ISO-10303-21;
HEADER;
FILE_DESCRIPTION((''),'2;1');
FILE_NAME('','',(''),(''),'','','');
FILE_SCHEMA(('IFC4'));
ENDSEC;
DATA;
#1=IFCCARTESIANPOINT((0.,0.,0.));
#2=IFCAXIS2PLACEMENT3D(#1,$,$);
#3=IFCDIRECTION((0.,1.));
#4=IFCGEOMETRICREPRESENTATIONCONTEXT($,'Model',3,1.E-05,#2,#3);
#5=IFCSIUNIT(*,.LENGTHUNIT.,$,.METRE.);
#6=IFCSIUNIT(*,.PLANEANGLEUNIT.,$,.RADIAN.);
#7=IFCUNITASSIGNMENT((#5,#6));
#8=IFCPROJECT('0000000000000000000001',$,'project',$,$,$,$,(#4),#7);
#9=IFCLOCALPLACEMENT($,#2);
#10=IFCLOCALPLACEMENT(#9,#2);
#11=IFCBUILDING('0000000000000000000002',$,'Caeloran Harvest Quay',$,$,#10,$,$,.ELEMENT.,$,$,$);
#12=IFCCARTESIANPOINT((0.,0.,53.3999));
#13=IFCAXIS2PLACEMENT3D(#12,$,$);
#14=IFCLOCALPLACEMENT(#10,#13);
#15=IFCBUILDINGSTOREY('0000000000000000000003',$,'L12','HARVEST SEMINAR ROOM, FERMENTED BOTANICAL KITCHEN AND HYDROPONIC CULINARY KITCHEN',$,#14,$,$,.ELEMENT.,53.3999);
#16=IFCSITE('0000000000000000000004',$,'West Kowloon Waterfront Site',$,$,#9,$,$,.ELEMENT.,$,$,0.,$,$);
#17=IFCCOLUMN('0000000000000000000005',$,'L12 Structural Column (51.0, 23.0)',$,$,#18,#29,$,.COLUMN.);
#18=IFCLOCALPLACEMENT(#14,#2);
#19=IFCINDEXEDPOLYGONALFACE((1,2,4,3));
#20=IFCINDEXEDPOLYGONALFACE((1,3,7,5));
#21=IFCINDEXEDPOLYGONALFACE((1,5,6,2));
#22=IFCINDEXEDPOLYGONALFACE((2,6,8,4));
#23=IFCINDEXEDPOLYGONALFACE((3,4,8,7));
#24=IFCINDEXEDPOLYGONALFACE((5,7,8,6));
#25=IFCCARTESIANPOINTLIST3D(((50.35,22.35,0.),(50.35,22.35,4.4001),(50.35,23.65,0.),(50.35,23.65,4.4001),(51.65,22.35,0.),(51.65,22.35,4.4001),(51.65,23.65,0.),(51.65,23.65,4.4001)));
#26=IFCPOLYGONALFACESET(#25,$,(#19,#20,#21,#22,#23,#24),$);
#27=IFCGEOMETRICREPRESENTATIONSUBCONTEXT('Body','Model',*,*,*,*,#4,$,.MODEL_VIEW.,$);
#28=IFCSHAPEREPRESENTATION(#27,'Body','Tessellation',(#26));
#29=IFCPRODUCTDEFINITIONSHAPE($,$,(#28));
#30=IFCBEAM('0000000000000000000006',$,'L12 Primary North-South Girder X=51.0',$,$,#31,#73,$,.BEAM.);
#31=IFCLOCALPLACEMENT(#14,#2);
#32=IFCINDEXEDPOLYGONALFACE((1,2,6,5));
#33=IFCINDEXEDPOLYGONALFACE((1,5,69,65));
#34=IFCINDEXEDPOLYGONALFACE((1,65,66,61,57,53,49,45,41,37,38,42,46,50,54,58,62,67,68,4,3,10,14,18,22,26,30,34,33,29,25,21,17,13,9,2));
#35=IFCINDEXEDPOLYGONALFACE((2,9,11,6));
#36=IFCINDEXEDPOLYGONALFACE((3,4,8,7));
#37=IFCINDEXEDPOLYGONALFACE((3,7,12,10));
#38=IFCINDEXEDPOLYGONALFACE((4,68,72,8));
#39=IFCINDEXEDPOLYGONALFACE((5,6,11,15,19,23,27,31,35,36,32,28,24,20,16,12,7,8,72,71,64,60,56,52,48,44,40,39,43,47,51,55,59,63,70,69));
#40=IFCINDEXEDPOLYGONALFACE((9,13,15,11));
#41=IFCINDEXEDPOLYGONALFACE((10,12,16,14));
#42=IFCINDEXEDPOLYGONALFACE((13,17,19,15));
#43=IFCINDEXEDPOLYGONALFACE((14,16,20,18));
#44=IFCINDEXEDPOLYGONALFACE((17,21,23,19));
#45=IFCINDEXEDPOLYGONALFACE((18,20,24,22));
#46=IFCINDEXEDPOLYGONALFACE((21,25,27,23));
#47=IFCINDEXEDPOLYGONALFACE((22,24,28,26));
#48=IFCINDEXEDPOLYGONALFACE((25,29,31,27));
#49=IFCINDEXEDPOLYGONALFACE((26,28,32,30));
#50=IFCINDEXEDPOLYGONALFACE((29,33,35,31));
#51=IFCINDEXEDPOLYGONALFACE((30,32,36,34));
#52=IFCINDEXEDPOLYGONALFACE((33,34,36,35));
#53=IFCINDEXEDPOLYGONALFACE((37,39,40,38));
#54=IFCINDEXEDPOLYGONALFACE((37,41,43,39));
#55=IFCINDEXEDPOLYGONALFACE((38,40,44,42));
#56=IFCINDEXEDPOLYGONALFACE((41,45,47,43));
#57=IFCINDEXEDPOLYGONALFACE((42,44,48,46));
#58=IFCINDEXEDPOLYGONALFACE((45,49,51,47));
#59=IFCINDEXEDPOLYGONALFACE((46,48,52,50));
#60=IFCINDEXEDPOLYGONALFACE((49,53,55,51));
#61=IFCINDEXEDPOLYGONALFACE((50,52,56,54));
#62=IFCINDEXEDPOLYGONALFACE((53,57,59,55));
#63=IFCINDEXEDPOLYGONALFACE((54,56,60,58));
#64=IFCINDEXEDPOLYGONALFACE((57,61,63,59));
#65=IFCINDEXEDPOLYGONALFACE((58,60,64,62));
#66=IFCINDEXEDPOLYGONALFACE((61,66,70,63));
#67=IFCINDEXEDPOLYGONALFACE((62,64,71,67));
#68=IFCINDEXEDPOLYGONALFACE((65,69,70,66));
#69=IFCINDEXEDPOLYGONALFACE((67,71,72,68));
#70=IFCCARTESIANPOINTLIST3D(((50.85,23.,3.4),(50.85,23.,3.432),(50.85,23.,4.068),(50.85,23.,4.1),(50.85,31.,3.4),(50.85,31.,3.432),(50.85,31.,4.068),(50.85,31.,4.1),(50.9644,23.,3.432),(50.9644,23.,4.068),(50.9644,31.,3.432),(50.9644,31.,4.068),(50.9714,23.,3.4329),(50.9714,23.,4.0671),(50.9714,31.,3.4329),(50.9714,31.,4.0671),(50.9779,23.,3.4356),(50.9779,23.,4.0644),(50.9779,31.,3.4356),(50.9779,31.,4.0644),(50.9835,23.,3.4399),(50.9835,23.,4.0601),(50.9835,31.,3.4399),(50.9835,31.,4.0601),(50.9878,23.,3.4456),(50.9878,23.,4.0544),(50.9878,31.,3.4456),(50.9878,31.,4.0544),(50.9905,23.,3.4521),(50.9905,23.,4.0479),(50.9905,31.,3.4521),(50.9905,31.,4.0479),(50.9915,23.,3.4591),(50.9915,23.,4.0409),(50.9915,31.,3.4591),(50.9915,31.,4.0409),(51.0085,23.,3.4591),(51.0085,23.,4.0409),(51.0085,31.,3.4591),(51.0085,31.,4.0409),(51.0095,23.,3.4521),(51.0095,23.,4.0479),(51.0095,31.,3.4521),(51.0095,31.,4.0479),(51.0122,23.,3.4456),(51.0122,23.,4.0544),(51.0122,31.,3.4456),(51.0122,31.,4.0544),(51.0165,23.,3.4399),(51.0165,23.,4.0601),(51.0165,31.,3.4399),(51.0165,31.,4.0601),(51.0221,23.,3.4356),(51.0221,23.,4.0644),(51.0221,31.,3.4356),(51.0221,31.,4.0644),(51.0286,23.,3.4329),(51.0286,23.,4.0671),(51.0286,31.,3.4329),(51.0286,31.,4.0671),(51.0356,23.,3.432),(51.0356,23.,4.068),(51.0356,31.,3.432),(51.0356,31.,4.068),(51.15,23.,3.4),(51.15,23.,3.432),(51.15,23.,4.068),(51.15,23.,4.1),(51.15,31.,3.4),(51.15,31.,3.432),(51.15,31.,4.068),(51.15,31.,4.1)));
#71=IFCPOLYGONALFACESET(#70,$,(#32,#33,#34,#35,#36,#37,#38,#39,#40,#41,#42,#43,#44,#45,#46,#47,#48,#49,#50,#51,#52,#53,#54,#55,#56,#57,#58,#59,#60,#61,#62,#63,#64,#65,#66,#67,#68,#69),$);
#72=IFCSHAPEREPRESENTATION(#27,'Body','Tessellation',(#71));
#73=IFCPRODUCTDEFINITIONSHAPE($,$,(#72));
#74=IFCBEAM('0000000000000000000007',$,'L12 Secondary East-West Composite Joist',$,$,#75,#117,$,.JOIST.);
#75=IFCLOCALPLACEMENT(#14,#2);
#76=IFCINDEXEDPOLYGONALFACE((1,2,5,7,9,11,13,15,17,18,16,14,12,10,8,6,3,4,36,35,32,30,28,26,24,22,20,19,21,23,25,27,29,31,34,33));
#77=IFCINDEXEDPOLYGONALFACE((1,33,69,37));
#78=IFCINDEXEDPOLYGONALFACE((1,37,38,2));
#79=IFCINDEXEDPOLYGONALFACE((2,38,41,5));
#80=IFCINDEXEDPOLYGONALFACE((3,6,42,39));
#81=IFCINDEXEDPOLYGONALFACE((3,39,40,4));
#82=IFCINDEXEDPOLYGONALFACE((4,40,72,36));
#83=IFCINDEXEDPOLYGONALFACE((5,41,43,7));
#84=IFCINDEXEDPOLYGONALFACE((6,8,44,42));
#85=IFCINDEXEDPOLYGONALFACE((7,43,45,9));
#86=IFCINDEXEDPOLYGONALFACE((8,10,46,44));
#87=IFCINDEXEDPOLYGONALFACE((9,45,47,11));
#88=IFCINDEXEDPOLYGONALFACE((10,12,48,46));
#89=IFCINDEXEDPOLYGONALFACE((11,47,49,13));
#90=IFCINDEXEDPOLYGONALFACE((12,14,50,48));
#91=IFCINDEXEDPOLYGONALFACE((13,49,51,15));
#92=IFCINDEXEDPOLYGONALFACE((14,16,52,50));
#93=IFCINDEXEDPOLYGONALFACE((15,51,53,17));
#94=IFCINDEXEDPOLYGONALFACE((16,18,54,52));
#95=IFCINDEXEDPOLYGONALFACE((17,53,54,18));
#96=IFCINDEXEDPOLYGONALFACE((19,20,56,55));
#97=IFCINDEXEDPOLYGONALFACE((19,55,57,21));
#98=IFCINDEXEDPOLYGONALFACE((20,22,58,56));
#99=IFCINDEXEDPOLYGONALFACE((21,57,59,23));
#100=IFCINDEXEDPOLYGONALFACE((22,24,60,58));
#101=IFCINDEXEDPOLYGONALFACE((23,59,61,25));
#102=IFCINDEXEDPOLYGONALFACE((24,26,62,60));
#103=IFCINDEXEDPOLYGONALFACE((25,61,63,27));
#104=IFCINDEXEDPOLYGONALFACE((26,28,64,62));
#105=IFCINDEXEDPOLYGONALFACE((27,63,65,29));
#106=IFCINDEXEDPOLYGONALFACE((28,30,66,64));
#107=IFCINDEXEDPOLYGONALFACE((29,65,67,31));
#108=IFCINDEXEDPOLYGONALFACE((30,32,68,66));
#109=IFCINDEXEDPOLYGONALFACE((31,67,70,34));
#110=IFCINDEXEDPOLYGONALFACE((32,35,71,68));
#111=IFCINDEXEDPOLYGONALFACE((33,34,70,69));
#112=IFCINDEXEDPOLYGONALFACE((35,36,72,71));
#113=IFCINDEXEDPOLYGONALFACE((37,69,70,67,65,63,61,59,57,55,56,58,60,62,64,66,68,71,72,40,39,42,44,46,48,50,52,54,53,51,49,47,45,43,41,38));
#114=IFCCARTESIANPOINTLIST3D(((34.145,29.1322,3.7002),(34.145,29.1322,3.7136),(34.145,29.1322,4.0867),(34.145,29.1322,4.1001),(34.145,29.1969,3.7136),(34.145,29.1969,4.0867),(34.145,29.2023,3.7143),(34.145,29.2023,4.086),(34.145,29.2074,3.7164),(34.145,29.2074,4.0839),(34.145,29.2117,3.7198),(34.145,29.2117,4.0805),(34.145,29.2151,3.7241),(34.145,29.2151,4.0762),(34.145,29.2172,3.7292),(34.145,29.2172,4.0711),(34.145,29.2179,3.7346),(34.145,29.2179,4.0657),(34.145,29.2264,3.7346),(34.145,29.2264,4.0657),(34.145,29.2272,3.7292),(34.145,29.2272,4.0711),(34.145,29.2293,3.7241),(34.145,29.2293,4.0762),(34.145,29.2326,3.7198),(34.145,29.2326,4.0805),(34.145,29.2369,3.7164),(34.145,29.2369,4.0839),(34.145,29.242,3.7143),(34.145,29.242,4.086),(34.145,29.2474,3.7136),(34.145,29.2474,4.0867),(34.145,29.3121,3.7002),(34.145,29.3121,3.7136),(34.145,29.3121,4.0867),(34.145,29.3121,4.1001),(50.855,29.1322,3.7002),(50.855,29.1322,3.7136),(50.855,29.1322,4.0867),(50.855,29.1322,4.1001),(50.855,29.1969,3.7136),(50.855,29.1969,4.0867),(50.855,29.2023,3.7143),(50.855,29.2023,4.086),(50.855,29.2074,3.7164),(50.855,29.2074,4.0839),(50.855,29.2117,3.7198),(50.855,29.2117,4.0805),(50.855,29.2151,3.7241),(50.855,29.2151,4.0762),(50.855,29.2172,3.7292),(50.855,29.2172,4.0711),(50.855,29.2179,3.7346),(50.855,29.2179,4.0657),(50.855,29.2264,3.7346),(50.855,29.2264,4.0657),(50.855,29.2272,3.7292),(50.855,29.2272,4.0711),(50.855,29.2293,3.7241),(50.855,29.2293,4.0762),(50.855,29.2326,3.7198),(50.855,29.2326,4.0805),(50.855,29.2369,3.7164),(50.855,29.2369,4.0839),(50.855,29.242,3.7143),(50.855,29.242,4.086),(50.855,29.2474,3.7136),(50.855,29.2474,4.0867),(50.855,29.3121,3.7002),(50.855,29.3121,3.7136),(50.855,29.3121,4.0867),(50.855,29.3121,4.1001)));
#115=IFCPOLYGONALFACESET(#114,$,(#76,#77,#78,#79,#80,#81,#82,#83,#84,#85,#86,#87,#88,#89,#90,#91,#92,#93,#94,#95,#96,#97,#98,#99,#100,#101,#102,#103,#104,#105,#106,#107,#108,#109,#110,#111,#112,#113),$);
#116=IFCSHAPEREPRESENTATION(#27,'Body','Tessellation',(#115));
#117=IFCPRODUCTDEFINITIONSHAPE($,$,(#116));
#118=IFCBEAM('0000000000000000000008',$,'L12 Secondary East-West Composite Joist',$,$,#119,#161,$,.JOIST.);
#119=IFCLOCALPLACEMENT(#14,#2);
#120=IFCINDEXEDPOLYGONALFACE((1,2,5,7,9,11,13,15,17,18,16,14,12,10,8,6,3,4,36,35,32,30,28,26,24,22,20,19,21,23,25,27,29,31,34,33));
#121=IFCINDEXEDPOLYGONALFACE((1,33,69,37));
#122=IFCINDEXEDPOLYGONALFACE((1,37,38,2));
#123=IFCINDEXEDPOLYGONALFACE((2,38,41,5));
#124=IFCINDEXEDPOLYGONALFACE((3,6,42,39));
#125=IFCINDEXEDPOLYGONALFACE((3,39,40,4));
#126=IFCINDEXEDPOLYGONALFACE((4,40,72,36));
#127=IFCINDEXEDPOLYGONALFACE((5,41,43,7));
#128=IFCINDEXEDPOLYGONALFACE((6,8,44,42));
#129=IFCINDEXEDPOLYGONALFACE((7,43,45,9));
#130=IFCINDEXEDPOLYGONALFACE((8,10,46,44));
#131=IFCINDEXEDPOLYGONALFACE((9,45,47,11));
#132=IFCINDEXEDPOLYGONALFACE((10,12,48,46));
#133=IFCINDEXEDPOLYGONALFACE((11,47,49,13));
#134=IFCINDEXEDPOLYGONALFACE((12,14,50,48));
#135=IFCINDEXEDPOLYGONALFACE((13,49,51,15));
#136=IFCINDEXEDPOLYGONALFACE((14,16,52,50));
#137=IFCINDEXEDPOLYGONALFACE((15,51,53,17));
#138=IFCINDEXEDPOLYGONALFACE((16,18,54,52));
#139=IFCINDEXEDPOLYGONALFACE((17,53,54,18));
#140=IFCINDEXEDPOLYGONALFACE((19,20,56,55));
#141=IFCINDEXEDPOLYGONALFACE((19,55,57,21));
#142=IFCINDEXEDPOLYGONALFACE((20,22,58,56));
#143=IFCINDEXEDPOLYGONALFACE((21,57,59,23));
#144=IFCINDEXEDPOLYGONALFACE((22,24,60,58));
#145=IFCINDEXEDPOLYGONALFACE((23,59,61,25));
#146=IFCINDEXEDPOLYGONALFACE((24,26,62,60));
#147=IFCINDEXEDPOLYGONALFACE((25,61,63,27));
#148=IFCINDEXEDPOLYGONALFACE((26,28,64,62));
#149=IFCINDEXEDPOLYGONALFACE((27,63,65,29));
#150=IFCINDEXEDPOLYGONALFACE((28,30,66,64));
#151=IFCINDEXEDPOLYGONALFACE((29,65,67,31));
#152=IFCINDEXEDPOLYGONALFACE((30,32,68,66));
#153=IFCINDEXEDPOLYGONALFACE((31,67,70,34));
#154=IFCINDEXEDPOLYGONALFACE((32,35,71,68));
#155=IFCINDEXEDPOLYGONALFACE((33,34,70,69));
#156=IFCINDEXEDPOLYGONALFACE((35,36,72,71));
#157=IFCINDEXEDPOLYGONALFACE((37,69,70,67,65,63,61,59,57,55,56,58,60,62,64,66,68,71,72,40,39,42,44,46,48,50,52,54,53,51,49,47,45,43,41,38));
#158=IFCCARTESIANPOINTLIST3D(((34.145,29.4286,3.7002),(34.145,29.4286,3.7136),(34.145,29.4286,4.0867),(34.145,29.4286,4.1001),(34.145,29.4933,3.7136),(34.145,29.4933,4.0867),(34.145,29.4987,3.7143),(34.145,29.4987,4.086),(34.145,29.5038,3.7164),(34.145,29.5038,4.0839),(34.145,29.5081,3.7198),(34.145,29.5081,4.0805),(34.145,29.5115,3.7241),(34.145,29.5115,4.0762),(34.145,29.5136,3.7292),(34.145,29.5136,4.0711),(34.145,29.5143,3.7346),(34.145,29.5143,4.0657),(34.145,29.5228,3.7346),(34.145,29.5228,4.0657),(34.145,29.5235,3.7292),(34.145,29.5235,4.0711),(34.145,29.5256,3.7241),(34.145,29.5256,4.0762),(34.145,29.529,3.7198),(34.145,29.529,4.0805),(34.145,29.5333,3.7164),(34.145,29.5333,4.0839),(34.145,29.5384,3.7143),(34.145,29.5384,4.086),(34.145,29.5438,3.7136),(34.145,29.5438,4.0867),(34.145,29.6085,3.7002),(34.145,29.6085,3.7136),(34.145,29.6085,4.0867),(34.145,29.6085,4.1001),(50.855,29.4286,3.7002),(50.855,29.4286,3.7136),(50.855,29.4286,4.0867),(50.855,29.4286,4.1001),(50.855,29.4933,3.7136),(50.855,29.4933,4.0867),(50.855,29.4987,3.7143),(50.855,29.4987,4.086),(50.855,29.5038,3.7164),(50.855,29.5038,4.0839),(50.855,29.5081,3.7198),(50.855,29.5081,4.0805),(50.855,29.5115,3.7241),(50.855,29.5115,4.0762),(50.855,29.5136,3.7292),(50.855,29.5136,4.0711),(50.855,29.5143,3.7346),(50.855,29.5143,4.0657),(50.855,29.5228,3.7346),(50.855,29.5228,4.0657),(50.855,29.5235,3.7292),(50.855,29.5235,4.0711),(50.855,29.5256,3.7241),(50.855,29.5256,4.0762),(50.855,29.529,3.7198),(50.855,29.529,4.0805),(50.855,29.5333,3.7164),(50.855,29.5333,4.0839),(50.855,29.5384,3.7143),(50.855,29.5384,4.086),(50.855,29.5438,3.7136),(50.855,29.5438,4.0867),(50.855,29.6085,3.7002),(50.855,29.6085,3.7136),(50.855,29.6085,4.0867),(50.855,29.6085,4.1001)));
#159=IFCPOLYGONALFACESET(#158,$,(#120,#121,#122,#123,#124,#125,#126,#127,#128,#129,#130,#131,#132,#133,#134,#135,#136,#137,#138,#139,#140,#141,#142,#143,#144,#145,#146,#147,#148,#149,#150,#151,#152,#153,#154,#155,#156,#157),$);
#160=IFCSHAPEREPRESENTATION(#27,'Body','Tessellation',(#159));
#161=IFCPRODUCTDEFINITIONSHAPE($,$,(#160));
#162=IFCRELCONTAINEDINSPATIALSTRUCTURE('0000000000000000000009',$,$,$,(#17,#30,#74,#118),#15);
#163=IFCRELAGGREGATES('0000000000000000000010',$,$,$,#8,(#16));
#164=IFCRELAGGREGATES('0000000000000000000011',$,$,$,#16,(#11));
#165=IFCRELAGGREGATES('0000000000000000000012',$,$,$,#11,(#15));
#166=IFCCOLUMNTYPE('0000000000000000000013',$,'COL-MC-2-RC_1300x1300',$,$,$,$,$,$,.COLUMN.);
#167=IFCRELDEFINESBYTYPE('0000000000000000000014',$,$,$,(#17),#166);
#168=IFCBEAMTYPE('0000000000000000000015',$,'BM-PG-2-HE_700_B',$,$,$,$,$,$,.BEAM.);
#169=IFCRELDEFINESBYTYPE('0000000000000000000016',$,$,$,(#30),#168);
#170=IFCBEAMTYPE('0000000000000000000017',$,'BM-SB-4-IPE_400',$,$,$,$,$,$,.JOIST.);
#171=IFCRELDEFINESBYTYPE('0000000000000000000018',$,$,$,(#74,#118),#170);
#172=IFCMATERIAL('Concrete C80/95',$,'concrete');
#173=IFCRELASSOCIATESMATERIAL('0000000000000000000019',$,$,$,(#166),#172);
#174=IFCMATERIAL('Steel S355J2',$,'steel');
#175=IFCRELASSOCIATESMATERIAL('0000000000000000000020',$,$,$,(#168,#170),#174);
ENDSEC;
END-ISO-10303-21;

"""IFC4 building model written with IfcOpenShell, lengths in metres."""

from ifc_helpers import new_model, si_unit, direction, frame, origin, origin_2d, place, context, subcontext, project, spatial, rectangle, i_section, extrude, material, material_profile, profile_set, type_object, element, save


model = new_model("IFC4")

# Units and contexts
model_context = context("Model", 3, precision=1e-05, world=origin(), true_north=direction((0.0, 1.0)))
body_context = subcontext(model_context, "Body", "Model", "MODEL_VIEW")
ifc_project = project(units=[si_unit("LENGTHUNIT", "METRE"), si_unit("PLANEANGLEUNIT", "RADIAN")], contexts=[model_context])

# Site, building, storey
site_placement = place(None, origin())
site = spatial("IfcSite", under=ifc_project, at=site_placement, Name="West Kowloon Waterfront Site", CompositionType="ELEMENT", RefElevation=0.0)
building_placement = place(site_placement, origin())
building = spatial("IfcBuilding", under=site, at=building_placement, Name="Caeloran Harvest Quay", CompositionType="ELEMENT")
storey_placement = place(building_placement, frame((0.0, 0.0, 53.3999)))
storey = spatial("IfcBuildingStorey", under=building, at=storey_placement, Name="L12", Description="HARVEST SEMINAR ROOM, FERMENTED BOTANICAL KITCHEN AND HYDROPONIC CULINARY KITCHEN", CompositionType="ELEMENT", Elevation=53.3999)

# Column
ifc_material_1 = material(Name="Concrete C80/95", Category="concrete")
ifc_material_profile_1 = material_profile(ifc_material_1, rectangle(XDim=1.3, YDim=1.3, at=origin_2d()), Name="RC 1300x1300")
ifc_profile_set_1 = profile_set([ifc_material_profile_1], Name="Concrete C80/95")
column_type = type_object("IfcColumnType", Name="COL-MC-2-RC_1300x1300", PredefinedType="COLUMN", material=ifc_profile_set_1)
column_placement = place(storey_placement, frame((51.0, 23.0, 0.0), z_axis=(0.0, 0.0, 1.0), x_axis=(1.0, 0.0, 0.0)))
element("IfcColumn", 1, at=column_placement, inside=storey, type_object=column_type, Name="L12 Structural Column (51.0, 23.0)", PredefinedType="COLUMN", context=body_context, shape_type="SweptSolid", body=[
    extrude(rectangle(XDim=1.3, YDim=1.3, at=origin_2d()), origin(), (0.0, 0.0, 1.0), 4.4001),
])

# Beams
ifc_material_2 = material(Name="Steel S355J2", Category="steel")
ifc_material_profile_2 = material_profile(ifc_material_2, i_section(OverallWidth=0.3, OverallDepth=0.7, WebThickness=0.0171, FlangeThickness=0.032, FilletRadius=0.0271, at=origin_2d()), Name="HE 700 B")
ifc_profile_set_2 = profile_set([ifc_material_profile_2], Name="Steel S355J2")
beam_type_1 = type_object("IfcBeamType", Name="BM-PG-2-HE_700_B", PredefinedType="BEAM", material=ifc_profile_set_2)
beam_placement = place(storey_placement, frame((51.0, 23.0, 3.75), z_axis=(0.0, 1.0, 0.0), x_axis=(-1.0, 0.0, 0.0)))
element("IfcBeam", 2, at=beam_placement, inside=storey, type_object=beam_type_1, Name="L12 Primary North-South Girder X=51.0", PredefinedType="BEAM", context=body_context, shape_type="SweptSolid", body=[
    extrude(i_section(OverallWidth=0.3, OverallDepth=0.7, WebThickness=0.0171, FlangeThickness=0.032, FilletRadius=0.0271, at=origin_2d()), origin(), (0.0, 0.0, 1.0), 8.0),
])
ifc_material_profile_3 = material_profile(ifc_material_2, i_section(OverallWidth=0.1799, OverallDepth=0.3999, WebThickness=0.0085, FlangeThickness=0.0134, FilletRadius=0.021, at=origin_2d()), Name="IPE 400")
ifc_profile_set_3 = profile_set([ifc_material_profile_3], Name="Steel S355J2")
beam_type_2 = type_object("IfcBeamType", Name="BM-SB-4-IPE_400", PredefinedType="JOIST", material=ifc_profile_set_3)
for number, where, z_axis, x_axis, name in (
    (3, (34.145, 29.2222, 3.9001), (1.0, 0.0, 0.0), (0.0, 1.0, 0.0), "L12 Secondary East-West Composite Joist"),
    (4, (34.145, 29.5186, 3.9001), (1.0, 0.0, 0.0), (0.0, 1.0, 0.0), "L12 Secondary East-West Composite Joist"),
):
    element("IfcBeam", number, at=place(storey_placement, frame(where, z_axis=z_axis, x_axis=x_axis)), inside=storey, type_object=beam_type_2, Name=name, PredefinedType="JOIST", context=body_context, shape_type="SweptSolid", body=[
        extrude(i_section(OverallWidth=0.1799, OverallDepth=0.3999, WebThickness=0.0085, FlangeThickness=0.0134, FilletRadius=0.021, at=origin_2d()), origin(), (0.0, 0.0, 1.0), 16.71),
    ])

save(model, "model.ifc")
